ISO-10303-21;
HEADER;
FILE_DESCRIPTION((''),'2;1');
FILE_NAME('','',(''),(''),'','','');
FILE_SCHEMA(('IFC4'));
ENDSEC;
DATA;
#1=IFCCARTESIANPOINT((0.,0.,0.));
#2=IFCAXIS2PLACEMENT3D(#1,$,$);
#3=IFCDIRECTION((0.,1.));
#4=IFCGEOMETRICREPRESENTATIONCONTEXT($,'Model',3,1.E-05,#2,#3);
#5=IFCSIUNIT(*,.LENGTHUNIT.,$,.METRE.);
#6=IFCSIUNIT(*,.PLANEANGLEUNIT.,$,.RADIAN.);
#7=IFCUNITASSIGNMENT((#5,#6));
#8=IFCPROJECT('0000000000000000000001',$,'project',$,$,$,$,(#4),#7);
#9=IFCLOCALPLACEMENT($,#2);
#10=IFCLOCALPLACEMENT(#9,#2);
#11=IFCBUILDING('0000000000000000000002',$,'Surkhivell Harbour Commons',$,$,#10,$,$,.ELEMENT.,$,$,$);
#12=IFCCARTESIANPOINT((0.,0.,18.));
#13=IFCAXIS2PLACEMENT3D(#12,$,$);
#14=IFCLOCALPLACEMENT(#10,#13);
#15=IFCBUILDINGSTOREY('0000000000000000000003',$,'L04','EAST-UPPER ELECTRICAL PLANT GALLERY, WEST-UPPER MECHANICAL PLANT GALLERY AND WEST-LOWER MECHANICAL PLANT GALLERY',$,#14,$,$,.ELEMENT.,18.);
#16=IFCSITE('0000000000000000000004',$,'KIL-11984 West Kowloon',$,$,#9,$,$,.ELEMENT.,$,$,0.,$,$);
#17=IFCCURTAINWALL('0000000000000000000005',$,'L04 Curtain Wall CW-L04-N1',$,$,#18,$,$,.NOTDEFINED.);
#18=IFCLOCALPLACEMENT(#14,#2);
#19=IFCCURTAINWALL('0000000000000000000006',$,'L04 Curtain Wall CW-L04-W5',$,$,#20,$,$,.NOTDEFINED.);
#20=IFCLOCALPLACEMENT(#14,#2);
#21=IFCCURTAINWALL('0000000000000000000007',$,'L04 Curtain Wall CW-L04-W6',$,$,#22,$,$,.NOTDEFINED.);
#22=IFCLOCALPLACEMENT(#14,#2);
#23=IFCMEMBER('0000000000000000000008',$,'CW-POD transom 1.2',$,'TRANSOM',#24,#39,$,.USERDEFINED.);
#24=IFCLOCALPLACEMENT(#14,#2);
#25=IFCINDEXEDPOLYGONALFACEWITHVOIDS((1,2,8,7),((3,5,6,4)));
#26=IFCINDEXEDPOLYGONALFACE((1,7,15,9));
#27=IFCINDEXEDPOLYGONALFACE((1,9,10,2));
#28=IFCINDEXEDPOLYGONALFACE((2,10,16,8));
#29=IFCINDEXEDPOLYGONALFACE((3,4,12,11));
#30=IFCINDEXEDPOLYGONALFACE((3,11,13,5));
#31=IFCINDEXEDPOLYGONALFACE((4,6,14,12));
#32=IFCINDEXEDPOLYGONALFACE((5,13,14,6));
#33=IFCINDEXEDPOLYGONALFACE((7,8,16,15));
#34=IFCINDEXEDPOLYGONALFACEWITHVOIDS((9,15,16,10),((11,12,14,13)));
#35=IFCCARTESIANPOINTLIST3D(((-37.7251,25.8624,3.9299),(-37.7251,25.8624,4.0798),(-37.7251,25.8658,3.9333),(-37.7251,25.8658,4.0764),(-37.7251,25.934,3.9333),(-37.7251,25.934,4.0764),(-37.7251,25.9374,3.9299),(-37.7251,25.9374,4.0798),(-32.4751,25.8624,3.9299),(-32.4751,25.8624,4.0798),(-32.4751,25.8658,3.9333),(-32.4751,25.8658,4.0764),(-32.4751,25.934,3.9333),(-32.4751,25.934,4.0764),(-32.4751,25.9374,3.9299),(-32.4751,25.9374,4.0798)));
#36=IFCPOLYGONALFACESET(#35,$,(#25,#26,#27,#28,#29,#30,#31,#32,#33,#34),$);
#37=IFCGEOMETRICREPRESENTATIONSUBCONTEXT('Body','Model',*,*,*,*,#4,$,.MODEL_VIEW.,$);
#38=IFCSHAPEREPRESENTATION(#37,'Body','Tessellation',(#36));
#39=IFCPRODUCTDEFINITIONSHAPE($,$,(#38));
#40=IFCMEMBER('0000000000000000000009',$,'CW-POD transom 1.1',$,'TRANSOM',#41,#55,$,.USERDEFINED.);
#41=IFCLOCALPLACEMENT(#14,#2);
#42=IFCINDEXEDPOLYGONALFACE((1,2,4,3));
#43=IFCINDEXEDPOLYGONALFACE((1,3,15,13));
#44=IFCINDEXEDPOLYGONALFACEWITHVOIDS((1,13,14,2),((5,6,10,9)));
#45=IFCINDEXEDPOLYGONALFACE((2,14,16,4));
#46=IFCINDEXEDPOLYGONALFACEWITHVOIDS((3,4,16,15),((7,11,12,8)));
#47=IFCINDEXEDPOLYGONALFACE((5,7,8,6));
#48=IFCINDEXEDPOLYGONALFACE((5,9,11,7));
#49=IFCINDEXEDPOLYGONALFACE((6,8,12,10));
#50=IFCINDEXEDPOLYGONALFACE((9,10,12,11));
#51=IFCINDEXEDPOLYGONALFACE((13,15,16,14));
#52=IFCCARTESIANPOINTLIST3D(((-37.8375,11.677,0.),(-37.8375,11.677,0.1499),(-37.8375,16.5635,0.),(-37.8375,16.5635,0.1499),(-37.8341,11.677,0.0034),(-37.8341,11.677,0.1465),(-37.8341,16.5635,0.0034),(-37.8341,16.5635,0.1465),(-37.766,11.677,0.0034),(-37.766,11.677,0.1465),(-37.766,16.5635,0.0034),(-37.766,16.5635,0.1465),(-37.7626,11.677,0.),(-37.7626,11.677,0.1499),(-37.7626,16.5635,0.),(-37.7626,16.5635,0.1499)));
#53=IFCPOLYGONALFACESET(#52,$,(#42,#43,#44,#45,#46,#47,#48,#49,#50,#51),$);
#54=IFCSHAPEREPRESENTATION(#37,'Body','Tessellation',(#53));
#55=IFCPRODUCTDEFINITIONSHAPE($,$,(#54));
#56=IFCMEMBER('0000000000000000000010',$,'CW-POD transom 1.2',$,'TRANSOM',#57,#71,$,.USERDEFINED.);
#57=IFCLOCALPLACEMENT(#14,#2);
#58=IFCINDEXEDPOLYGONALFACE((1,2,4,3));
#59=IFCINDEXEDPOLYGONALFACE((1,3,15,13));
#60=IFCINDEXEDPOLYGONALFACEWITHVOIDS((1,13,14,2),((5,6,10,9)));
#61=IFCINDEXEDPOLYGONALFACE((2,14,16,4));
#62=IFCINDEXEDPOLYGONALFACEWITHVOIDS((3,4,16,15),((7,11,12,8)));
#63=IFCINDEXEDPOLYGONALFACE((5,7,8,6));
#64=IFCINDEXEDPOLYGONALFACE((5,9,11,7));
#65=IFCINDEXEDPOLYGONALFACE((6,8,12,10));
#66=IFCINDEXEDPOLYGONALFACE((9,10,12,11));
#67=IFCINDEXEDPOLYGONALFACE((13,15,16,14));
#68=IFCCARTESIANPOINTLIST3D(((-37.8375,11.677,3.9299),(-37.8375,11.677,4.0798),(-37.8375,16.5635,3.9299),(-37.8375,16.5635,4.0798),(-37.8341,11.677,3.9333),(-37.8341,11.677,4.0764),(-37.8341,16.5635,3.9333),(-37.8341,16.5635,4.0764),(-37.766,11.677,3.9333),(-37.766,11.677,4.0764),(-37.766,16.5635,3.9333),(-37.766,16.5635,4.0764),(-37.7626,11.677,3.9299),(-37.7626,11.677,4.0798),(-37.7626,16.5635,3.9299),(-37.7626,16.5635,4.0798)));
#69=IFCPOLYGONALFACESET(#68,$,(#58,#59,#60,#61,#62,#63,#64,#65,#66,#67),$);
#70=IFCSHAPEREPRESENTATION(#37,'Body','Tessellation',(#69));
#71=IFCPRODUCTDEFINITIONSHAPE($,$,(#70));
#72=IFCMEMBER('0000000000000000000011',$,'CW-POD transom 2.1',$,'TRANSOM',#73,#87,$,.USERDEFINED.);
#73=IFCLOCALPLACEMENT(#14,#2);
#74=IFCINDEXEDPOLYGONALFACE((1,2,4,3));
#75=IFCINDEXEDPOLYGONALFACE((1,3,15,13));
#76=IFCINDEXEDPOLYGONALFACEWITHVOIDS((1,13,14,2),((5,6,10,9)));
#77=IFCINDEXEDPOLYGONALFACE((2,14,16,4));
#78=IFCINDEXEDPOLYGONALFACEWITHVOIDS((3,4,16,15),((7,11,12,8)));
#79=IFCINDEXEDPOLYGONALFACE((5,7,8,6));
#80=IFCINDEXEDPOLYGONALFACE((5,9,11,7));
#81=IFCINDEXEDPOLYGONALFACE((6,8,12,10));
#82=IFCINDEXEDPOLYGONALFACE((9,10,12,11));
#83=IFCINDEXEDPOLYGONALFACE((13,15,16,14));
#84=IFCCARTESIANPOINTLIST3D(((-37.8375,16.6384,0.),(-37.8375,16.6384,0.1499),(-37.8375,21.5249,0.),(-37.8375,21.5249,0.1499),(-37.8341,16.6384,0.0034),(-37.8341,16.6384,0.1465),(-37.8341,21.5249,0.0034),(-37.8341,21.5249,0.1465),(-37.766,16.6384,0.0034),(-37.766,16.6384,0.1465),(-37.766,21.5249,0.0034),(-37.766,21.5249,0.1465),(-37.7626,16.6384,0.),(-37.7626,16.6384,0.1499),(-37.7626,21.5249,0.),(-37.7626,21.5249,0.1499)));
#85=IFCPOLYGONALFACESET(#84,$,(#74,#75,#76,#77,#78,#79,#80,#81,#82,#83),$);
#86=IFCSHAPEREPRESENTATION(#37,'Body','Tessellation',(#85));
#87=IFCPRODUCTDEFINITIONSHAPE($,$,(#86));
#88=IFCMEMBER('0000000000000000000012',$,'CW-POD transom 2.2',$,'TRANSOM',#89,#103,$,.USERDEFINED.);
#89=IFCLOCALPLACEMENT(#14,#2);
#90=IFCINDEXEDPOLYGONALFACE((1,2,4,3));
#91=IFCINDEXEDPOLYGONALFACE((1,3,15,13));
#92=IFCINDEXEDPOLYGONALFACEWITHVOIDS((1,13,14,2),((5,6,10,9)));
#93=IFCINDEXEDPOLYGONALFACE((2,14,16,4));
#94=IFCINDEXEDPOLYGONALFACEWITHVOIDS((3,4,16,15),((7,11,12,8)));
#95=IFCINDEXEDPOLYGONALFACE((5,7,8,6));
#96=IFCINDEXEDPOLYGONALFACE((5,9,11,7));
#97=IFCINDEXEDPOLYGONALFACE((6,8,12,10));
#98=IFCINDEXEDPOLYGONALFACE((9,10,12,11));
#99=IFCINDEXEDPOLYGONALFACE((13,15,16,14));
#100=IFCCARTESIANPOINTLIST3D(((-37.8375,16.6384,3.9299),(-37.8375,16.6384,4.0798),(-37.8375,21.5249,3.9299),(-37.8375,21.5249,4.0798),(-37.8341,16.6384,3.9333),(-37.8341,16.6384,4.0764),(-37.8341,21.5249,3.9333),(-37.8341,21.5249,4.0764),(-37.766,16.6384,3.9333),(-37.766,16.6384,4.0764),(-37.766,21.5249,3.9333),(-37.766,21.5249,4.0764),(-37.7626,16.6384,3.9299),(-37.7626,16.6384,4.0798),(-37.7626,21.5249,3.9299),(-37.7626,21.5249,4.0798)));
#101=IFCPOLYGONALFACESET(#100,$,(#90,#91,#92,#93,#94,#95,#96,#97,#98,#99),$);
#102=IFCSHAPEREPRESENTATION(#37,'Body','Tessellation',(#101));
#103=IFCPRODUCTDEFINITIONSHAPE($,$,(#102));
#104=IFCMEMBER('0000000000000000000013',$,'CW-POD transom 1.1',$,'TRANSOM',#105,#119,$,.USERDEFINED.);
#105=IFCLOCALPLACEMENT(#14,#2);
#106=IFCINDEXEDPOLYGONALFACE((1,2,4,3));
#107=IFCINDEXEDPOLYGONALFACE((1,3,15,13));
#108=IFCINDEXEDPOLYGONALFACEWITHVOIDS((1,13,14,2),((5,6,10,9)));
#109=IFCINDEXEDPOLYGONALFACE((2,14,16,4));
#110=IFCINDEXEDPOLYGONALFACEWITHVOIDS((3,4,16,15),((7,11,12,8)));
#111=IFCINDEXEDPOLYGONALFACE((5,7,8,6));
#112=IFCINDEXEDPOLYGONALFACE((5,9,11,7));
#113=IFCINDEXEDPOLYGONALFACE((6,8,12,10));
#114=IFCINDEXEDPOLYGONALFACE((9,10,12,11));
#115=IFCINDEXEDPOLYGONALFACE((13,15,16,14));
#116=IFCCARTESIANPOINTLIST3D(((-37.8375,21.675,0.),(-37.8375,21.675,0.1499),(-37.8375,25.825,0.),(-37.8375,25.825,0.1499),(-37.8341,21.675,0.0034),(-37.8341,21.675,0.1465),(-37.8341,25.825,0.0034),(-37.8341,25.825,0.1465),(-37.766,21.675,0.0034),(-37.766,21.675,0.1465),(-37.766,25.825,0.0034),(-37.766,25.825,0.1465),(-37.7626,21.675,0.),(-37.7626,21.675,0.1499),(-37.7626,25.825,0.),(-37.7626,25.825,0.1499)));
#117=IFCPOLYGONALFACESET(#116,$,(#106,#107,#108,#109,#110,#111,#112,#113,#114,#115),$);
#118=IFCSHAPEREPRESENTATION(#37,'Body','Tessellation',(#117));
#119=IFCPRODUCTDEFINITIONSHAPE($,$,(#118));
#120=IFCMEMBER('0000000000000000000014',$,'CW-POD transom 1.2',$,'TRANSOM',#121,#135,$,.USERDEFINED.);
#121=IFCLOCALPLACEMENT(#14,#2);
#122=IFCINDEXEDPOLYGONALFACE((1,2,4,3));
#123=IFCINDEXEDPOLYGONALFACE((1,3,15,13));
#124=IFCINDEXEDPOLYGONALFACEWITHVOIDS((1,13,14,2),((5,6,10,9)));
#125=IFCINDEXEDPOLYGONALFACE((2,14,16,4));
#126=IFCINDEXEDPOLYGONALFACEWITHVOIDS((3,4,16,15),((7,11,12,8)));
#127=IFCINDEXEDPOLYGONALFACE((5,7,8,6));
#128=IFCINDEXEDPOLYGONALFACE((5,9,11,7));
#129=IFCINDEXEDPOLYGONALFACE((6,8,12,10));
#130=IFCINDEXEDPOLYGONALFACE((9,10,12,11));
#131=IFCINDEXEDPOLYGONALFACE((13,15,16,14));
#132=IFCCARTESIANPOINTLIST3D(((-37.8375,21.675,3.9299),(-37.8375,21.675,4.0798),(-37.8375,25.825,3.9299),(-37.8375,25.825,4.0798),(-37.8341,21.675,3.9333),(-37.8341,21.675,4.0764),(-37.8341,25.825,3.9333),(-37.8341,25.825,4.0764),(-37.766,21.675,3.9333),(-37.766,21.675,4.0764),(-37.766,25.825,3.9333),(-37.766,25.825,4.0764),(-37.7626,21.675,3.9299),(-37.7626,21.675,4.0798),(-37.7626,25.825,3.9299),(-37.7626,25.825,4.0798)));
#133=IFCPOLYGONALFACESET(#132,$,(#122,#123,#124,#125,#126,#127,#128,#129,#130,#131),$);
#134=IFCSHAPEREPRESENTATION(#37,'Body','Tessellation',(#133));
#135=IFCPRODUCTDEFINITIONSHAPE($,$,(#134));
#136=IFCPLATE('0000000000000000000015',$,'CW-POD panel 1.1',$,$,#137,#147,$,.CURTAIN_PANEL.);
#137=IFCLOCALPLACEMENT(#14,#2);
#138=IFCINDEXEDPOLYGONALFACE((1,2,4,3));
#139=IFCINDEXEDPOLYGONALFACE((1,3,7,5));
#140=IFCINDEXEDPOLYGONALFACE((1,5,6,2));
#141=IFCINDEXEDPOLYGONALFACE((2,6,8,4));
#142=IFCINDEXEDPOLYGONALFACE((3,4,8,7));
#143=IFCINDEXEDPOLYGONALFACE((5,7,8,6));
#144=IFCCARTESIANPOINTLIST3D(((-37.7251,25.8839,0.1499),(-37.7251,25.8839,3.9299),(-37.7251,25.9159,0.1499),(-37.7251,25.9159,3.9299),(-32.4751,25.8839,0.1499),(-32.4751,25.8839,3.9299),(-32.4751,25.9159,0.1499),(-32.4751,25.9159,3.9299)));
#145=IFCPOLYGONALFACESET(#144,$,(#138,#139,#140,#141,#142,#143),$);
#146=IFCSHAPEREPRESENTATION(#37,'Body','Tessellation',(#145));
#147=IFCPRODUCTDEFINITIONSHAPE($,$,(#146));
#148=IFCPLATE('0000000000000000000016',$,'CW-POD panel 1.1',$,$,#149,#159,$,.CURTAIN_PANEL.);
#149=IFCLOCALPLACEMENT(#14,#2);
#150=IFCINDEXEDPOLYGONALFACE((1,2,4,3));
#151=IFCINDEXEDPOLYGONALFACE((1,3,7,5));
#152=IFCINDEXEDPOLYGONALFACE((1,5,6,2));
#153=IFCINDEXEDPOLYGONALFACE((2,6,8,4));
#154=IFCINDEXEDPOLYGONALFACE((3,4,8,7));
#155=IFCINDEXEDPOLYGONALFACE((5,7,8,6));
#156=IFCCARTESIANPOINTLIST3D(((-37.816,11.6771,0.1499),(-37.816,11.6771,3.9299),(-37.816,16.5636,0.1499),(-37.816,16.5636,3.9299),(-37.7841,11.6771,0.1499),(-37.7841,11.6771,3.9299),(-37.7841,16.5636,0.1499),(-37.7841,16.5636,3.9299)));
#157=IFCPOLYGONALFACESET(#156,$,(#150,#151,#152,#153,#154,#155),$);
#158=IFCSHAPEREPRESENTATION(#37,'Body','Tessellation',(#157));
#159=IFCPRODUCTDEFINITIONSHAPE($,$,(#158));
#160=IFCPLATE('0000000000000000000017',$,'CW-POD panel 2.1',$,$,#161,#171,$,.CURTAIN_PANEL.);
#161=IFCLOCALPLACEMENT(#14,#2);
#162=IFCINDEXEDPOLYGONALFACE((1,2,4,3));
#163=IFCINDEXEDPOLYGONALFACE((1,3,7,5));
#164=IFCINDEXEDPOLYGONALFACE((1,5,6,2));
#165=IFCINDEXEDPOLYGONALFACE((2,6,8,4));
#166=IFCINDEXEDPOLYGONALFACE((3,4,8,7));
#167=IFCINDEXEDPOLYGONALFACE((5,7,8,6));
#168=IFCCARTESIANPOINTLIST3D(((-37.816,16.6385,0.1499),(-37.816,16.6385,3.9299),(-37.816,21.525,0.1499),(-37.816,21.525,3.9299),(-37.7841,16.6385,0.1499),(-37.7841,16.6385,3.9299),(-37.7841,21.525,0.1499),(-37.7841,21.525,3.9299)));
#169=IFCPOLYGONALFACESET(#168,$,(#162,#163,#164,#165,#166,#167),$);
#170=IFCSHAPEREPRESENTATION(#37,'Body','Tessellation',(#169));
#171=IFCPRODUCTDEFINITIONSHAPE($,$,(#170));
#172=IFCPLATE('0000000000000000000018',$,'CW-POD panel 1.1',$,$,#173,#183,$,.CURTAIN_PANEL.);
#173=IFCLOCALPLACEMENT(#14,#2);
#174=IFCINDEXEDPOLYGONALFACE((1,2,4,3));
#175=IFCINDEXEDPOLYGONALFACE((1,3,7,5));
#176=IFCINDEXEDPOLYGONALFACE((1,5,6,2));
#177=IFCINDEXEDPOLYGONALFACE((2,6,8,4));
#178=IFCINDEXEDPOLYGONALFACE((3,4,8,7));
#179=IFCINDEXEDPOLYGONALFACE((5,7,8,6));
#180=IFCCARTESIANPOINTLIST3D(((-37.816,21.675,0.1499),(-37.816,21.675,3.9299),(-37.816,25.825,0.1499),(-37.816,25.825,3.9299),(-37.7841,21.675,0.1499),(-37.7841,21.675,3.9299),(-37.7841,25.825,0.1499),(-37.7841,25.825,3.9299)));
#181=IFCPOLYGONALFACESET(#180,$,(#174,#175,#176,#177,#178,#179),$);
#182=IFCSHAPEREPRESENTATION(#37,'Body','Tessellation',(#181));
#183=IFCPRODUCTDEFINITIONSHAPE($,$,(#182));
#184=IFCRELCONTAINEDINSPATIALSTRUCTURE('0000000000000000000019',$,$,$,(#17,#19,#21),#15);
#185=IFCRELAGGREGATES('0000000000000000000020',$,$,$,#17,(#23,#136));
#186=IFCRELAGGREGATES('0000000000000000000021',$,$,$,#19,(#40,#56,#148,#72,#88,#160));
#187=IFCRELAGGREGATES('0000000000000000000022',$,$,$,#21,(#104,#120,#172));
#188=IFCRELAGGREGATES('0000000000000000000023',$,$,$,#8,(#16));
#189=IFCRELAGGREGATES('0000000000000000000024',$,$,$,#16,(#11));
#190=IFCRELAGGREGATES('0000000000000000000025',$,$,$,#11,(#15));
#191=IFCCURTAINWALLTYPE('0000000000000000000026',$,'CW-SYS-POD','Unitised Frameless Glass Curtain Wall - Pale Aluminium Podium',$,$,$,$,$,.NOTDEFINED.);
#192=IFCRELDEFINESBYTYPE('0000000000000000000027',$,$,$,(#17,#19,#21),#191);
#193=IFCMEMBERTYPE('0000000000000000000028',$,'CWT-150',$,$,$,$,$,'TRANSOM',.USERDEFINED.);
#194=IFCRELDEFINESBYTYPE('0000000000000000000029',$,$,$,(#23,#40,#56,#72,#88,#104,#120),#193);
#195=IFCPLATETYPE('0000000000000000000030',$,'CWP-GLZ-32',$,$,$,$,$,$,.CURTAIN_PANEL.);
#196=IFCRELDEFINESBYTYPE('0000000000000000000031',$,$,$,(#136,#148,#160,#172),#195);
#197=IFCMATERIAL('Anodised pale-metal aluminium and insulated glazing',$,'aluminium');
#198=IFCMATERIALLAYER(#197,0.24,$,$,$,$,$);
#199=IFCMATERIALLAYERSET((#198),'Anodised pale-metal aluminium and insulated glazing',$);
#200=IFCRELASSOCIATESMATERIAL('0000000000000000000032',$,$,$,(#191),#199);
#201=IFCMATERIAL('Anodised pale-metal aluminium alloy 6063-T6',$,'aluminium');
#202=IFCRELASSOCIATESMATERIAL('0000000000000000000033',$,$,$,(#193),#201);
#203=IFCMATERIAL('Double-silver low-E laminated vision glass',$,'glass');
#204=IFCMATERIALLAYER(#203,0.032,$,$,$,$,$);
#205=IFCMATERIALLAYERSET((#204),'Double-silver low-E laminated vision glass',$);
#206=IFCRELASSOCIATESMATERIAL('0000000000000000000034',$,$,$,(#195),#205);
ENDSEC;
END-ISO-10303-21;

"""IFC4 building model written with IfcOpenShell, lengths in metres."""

from ifc_helpers import new_model, si_unit, direction, frame, frame_2d, origin, origin_2d, place, context, subcontext, project, spatial, rectangle, hollow_rectangle, extrude, material, layer, layer_set, material_profile, profile_set, type_object, element, aggregate, save


model = new_model("IFC4")

# Units and contexts
model_context = context("Model", 3, precision=1e-05, world=origin(), true_north=direction((0.0, 1.0)))
body_context = subcontext(model_context, "Body", "Model", "MODEL_VIEW")
ifc_project = project(units=[si_unit("LENGTHUNIT", "METRE"), si_unit("PLANEANGLEUNIT", "RADIAN")], contexts=[model_context])

# Site, building, storey
site_placement = place(None, origin())
site = spatial("IfcSite", under=ifc_project, at=site_placement, Name="KIL-11984 West Kowloon", CompositionType="ELEMENT", RefElevation=0.0)
building_placement = place(site_placement, origin())
building = spatial("IfcBuilding", under=site, at=building_placement, Name="Surkhivell Harbour Commons", CompositionType="ELEMENT")
storey_placement = place(building_placement, frame((0.0, 0.0, 18.0)))
storey = spatial("IfcBuildingStorey", under=building, at=storey_placement, Name="L04", Description="EAST-UPPER ELECTRICAL PLANT GALLERY, WEST-UPPER MECHANICAL PLANT GALLERY AND WEST-LOWER MECHANICAL PLANT GALLERY", CompositionType="ELEMENT", Elevation=18.0)

# Curtain walls
ifc_material_1 = material(Name="Anodised pale-metal aluminium and insulated glazing", Category="aluminium")
ifc_layer_1 = layer(ifc_material_1, 0.24)
ifc_layer_set_1 = layer_set([ifc_layer_1], Name="Anodised pale-metal aluminium and insulated glazing")
curtain_wall_type = type_object("IfcCurtainWallType", Name="CW-SYS-POD", Description="Unitised Frameless Glass Curtain Wall - Pale Aluminium Podium", PredefinedType="NOTDEFINED", material=ifc_layer_set_1)
curtain_wall_1_placement = place(storey_placement, origin())
curtain_wall_1 = element("IfcCurtainWall", 1, at=curtain_wall_1_placement, inside=storey, type_object=curtain_wall_type, Name="L04 Curtain Wall CW-L04-N1", PredefinedType="NOTDEFINED")
ifc_material_2 = material(Name="Anodised pale-metal aluminium alloy 6063-T6", Category="aluminium")
curtain_wall_2_placement = place(storey_placement, origin())
curtain_wall_2 = element("IfcCurtainWall", 2, at=curtain_wall_2_placement, inside=storey, type_object=curtain_wall_type, Name="L04 Curtain Wall CW-L04-W5", PredefinedType="NOTDEFINED")
curtain_wall_3_placement = place(storey_placement, origin())
curtain_wall_3 = element("IfcCurtainWall", 3, at=curtain_wall_3_placement, inside=storey, type_object=curtain_wall_type, Name="L04 Curtain Wall CW-L04-W6", PredefinedType="NOTDEFINED")

# Members
ifc_material_profile_1 = material_profile(ifc_material_2, hollow_rectangle(XDim=0.075, YDim=0.1499, WallThickness=0.0034, at=origin_2d()), Name="ALU-TRAN-75x150")
ifc_profile_set_1 = profile_set([ifc_material_profile_1], Name="Anodised pale-metal aluminium alloy 6063-T6")
member_type_1 = type_object("IfcMemberType", Name="CWT-150", ElementType="TRANSOM", PredefinedType="USERDEFINED", material=ifc_profile_set_1)
member_1_placement = place(storey_placement, frame((-37.7251, 25.8999, 4.0049), z_axis=(1.0, 0.0, 0.0), x_axis=(0.0, 1.0, 0.0)))
member_1 = element("IfcMember", 4, at=member_1_placement, type_object=member_type_1, Name="CW-POD transom 1.2", ObjectType="TRANSOM", PredefinedType="USERDEFINED", context=body_context, shape_type="SweptSolid", body=[
    extrude(hollow_rectangle(XDim=0.075, YDim=0.1499, WallThickness=0.0034, at=origin_2d()), origin(), (0.0, 0.0, 1.0), 5.25),
])
member_2_placement = place(storey_placement, frame((-37.8, 11.677, 0.075), z_axis=(0.0, 1.0, 0.0), x_axis=(-1.0, 0.0, 0.0)))
member_2 = element("IfcMember", 5, at=member_2_placement, type_object=member_type_1, Name="CW-POD transom 1.1", ObjectType="TRANSOM", PredefinedType="USERDEFINED", context=body_context, shape_type="SweptSolid", body=[
    extrude(hollow_rectangle(XDim=0.075, YDim=0.1499, WallThickness=0.0034, at=origin_2d()), origin(), (0.0, 0.0, 1.0), 4.8865),
])
member_3_placement = place(storey_placement, frame((-37.8, 11.677, 4.0049), z_axis=(0.0, 1.0, 0.0), x_axis=(-1.0, 0.0, 0.0)))
member_3 = element("IfcMember", 6, at=member_3_placement, type_object=member_type_1, Name="CW-POD transom 1.2", ObjectType="TRANSOM", PredefinedType="USERDEFINED", context=body_context, shape_type="SweptSolid", body=[
    extrude(hollow_rectangle(XDim=0.075, YDim=0.1499, WallThickness=0.0034, at=origin_2d()), origin(), (0.0, 0.0, 1.0), 4.8865),
])
member_4_placement = place(storey_placement, frame((-37.8, 16.6384, 0.075), z_axis=(0.0, 1.0, 0.0), x_axis=(-1.0, 0.0, 0.0)))
member_4 = element("IfcMember", 7, at=member_4_placement, type_object=member_type_1, Name="CW-POD transom 2.1", ObjectType="TRANSOM", PredefinedType="USERDEFINED", context=body_context, shape_type="SweptSolid", body=[
    extrude(hollow_rectangle(XDim=0.075, YDim=0.1499, WallThickness=0.0034, at=origin_2d()), origin(), (0.0, 0.0, 1.0), 4.8865),
])
member_5_placement = place(storey_placement, frame((-37.8, 16.6384, 4.0049), z_axis=(0.0, 1.0, 0.0), x_axis=(-1.0, 0.0, 0.0)))
member_5 = element("IfcMember", 8, at=member_5_placement, type_object=member_type_1, Name="CW-POD transom 2.2", ObjectType="TRANSOM", PredefinedType="USERDEFINED", context=body_context, shape_type="SweptSolid", body=[
    extrude(hollow_rectangle(XDim=0.075, YDim=0.1499, WallThickness=0.0034, at=origin_2d()), origin(), (0.0, 0.0, 1.0), 4.8865),
])
member_6_placement = place(storey_placement, frame((-37.8, 21.675, 0.075), z_axis=(0.0, 1.0, 0.0), x_axis=(-1.0, 0.0, 0.0)))
member_6 = element("IfcMember", 9, at=member_6_placement, type_object=member_type_1, Name="CW-POD transom 1.1", ObjectType="TRANSOM", PredefinedType="USERDEFINED", context=body_context, shape_type="SweptSolid", body=[
    extrude(hollow_rectangle(XDim=0.075, YDim=0.1499, WallThickness=0.0034, at=origin_2d()), origin(), (0.0, 0.0, 1.0), 4.1499),
])
member_7_placement = place(storey_placement, frame((-37.8, 21.675, 4.0049), z_axis=(0.0, 1.0, 0.0), x_axis=(-1.0, 0.0, 0.0)))
member_7 = element("IfcMember", 10, at=member_7_placement, type_object=member_type_1, Name="CW-POD transom 1.2", ObjectType="TRANSOM", PredefinedType="USERDEFINED", context=body_context, shape_type="SweptSolid", body=[
    extrude(hollow_rectangle(XDim=0.075, YDim=0.1499, WallThickness=0.0034, at=origin_2d()), origin(), (0.0, 0.0, 1.0), 4.1499),
])

# Plates
ifc_material_3 = material(Name="Double-silver low-E laminated vision glass", Category="glass")
ifc_layer_2 = layer(ifc_material_3, 0.032)
ifc_layer_set_2 = layer_set([ifc_layer_2], Name="Double-silver low-E laminated vision glass")
plate_type = type_object("IfcPlateType", Name="CWP-GLZ-32", PredefinedType="CURTAIN_PANEL", material=ifc_layer_set_2)
plate_1_placement = place(storey_placement, frame((-37.7251, 25.8999, 0.1499), z_axis=(0.0, 0.0, 1.0), x_axis=(1.0, 0.0, 0.0)))
plate_1 = element("IfcPlate", 11, at=plate_1_placement, type_object=plate_type, Name="CW-POD panel 1.1", PredefinedType="CURTAIN_PANEL", context=body_context, shape_type="SweptSolid", body=[
    extrude(rectangle(XDim=5.25, YDim=0.032, at=frame_2d((2.625, 0.0))), origin(), (0.0, 0.0, 1.0), 3.78),
])
aggregate(curtain_wall_1, [member_1, plate_1])
plate_2_placement = place(storey_placement, frame((-37.8, 11.677, 0.1499), z_axis=(0.0, 0.0, 1.0), x_axis=(0.0, 1.0, 0.0)))
plate_2 = element("IfcPlate", 12, at=plate_2_placement, type_object=plate_type, Name="CW-POD panel 1.1", PredefinedType="CURTAIN_PANEL", context=body_context, shape_type="SweptSolid", body=[
    extrude(rectangle(XDim=4.8865, YDim=0.032, at=frame_2d((2.4434, 0.0))), origin(), (0.0, 0.0, 1.0), 3.78),
])
plate_3_placement = place(storey_placement, frame((-37.8, 16.6384, 0.1499), z_axis=(0.0, 0.0, 1.0), x_axis=(0.0, 1.0, 0.0)))
plate_3 = element("IfcPlate", 13, at=plate_3_placement, type_object=plate_type, Name="CW-POD panel 2.1", PredefinedType="CURTAIN_PANEL", context=body_context, shape_type="SweptSolid", body=[
    extrude(rectangle(XDim=4.8865, YDim=0.032, at=frame_2d((2.4434, 0.0))), origin(), (0.0, 0.0, 1.0), 3.78),
])
aggregate(curtain_wall_2, [member_2, member_3, plate_2, member_4, member_5, plate_3])
plate_4_placement = place(storey_placement, frame((-37.8, 21.675, 0.1499), z_axis=(0.0, 0.0, 1.0), x_axis=(0.0, 1.0, 0.0)))
plate_4 = element("IfcPlate", 14, at=plate_4_placement, type_object=plate_type, Name="CW-POD panel 1.1", PredefinedType="CURTAIN_PANEL", context=body_context, shape_type="SweptSolid", body=[
    extrude(rectangle(XDim=4.1499, YDim=0.032, at=frame_2d((2.075, 0.0))), origin(), (0.0, 0.0, 1.0), 3.78),
])
aggregate(curtain_wall_3, [member_6, member_7, plate_4])

save(model, "model.ifc")
